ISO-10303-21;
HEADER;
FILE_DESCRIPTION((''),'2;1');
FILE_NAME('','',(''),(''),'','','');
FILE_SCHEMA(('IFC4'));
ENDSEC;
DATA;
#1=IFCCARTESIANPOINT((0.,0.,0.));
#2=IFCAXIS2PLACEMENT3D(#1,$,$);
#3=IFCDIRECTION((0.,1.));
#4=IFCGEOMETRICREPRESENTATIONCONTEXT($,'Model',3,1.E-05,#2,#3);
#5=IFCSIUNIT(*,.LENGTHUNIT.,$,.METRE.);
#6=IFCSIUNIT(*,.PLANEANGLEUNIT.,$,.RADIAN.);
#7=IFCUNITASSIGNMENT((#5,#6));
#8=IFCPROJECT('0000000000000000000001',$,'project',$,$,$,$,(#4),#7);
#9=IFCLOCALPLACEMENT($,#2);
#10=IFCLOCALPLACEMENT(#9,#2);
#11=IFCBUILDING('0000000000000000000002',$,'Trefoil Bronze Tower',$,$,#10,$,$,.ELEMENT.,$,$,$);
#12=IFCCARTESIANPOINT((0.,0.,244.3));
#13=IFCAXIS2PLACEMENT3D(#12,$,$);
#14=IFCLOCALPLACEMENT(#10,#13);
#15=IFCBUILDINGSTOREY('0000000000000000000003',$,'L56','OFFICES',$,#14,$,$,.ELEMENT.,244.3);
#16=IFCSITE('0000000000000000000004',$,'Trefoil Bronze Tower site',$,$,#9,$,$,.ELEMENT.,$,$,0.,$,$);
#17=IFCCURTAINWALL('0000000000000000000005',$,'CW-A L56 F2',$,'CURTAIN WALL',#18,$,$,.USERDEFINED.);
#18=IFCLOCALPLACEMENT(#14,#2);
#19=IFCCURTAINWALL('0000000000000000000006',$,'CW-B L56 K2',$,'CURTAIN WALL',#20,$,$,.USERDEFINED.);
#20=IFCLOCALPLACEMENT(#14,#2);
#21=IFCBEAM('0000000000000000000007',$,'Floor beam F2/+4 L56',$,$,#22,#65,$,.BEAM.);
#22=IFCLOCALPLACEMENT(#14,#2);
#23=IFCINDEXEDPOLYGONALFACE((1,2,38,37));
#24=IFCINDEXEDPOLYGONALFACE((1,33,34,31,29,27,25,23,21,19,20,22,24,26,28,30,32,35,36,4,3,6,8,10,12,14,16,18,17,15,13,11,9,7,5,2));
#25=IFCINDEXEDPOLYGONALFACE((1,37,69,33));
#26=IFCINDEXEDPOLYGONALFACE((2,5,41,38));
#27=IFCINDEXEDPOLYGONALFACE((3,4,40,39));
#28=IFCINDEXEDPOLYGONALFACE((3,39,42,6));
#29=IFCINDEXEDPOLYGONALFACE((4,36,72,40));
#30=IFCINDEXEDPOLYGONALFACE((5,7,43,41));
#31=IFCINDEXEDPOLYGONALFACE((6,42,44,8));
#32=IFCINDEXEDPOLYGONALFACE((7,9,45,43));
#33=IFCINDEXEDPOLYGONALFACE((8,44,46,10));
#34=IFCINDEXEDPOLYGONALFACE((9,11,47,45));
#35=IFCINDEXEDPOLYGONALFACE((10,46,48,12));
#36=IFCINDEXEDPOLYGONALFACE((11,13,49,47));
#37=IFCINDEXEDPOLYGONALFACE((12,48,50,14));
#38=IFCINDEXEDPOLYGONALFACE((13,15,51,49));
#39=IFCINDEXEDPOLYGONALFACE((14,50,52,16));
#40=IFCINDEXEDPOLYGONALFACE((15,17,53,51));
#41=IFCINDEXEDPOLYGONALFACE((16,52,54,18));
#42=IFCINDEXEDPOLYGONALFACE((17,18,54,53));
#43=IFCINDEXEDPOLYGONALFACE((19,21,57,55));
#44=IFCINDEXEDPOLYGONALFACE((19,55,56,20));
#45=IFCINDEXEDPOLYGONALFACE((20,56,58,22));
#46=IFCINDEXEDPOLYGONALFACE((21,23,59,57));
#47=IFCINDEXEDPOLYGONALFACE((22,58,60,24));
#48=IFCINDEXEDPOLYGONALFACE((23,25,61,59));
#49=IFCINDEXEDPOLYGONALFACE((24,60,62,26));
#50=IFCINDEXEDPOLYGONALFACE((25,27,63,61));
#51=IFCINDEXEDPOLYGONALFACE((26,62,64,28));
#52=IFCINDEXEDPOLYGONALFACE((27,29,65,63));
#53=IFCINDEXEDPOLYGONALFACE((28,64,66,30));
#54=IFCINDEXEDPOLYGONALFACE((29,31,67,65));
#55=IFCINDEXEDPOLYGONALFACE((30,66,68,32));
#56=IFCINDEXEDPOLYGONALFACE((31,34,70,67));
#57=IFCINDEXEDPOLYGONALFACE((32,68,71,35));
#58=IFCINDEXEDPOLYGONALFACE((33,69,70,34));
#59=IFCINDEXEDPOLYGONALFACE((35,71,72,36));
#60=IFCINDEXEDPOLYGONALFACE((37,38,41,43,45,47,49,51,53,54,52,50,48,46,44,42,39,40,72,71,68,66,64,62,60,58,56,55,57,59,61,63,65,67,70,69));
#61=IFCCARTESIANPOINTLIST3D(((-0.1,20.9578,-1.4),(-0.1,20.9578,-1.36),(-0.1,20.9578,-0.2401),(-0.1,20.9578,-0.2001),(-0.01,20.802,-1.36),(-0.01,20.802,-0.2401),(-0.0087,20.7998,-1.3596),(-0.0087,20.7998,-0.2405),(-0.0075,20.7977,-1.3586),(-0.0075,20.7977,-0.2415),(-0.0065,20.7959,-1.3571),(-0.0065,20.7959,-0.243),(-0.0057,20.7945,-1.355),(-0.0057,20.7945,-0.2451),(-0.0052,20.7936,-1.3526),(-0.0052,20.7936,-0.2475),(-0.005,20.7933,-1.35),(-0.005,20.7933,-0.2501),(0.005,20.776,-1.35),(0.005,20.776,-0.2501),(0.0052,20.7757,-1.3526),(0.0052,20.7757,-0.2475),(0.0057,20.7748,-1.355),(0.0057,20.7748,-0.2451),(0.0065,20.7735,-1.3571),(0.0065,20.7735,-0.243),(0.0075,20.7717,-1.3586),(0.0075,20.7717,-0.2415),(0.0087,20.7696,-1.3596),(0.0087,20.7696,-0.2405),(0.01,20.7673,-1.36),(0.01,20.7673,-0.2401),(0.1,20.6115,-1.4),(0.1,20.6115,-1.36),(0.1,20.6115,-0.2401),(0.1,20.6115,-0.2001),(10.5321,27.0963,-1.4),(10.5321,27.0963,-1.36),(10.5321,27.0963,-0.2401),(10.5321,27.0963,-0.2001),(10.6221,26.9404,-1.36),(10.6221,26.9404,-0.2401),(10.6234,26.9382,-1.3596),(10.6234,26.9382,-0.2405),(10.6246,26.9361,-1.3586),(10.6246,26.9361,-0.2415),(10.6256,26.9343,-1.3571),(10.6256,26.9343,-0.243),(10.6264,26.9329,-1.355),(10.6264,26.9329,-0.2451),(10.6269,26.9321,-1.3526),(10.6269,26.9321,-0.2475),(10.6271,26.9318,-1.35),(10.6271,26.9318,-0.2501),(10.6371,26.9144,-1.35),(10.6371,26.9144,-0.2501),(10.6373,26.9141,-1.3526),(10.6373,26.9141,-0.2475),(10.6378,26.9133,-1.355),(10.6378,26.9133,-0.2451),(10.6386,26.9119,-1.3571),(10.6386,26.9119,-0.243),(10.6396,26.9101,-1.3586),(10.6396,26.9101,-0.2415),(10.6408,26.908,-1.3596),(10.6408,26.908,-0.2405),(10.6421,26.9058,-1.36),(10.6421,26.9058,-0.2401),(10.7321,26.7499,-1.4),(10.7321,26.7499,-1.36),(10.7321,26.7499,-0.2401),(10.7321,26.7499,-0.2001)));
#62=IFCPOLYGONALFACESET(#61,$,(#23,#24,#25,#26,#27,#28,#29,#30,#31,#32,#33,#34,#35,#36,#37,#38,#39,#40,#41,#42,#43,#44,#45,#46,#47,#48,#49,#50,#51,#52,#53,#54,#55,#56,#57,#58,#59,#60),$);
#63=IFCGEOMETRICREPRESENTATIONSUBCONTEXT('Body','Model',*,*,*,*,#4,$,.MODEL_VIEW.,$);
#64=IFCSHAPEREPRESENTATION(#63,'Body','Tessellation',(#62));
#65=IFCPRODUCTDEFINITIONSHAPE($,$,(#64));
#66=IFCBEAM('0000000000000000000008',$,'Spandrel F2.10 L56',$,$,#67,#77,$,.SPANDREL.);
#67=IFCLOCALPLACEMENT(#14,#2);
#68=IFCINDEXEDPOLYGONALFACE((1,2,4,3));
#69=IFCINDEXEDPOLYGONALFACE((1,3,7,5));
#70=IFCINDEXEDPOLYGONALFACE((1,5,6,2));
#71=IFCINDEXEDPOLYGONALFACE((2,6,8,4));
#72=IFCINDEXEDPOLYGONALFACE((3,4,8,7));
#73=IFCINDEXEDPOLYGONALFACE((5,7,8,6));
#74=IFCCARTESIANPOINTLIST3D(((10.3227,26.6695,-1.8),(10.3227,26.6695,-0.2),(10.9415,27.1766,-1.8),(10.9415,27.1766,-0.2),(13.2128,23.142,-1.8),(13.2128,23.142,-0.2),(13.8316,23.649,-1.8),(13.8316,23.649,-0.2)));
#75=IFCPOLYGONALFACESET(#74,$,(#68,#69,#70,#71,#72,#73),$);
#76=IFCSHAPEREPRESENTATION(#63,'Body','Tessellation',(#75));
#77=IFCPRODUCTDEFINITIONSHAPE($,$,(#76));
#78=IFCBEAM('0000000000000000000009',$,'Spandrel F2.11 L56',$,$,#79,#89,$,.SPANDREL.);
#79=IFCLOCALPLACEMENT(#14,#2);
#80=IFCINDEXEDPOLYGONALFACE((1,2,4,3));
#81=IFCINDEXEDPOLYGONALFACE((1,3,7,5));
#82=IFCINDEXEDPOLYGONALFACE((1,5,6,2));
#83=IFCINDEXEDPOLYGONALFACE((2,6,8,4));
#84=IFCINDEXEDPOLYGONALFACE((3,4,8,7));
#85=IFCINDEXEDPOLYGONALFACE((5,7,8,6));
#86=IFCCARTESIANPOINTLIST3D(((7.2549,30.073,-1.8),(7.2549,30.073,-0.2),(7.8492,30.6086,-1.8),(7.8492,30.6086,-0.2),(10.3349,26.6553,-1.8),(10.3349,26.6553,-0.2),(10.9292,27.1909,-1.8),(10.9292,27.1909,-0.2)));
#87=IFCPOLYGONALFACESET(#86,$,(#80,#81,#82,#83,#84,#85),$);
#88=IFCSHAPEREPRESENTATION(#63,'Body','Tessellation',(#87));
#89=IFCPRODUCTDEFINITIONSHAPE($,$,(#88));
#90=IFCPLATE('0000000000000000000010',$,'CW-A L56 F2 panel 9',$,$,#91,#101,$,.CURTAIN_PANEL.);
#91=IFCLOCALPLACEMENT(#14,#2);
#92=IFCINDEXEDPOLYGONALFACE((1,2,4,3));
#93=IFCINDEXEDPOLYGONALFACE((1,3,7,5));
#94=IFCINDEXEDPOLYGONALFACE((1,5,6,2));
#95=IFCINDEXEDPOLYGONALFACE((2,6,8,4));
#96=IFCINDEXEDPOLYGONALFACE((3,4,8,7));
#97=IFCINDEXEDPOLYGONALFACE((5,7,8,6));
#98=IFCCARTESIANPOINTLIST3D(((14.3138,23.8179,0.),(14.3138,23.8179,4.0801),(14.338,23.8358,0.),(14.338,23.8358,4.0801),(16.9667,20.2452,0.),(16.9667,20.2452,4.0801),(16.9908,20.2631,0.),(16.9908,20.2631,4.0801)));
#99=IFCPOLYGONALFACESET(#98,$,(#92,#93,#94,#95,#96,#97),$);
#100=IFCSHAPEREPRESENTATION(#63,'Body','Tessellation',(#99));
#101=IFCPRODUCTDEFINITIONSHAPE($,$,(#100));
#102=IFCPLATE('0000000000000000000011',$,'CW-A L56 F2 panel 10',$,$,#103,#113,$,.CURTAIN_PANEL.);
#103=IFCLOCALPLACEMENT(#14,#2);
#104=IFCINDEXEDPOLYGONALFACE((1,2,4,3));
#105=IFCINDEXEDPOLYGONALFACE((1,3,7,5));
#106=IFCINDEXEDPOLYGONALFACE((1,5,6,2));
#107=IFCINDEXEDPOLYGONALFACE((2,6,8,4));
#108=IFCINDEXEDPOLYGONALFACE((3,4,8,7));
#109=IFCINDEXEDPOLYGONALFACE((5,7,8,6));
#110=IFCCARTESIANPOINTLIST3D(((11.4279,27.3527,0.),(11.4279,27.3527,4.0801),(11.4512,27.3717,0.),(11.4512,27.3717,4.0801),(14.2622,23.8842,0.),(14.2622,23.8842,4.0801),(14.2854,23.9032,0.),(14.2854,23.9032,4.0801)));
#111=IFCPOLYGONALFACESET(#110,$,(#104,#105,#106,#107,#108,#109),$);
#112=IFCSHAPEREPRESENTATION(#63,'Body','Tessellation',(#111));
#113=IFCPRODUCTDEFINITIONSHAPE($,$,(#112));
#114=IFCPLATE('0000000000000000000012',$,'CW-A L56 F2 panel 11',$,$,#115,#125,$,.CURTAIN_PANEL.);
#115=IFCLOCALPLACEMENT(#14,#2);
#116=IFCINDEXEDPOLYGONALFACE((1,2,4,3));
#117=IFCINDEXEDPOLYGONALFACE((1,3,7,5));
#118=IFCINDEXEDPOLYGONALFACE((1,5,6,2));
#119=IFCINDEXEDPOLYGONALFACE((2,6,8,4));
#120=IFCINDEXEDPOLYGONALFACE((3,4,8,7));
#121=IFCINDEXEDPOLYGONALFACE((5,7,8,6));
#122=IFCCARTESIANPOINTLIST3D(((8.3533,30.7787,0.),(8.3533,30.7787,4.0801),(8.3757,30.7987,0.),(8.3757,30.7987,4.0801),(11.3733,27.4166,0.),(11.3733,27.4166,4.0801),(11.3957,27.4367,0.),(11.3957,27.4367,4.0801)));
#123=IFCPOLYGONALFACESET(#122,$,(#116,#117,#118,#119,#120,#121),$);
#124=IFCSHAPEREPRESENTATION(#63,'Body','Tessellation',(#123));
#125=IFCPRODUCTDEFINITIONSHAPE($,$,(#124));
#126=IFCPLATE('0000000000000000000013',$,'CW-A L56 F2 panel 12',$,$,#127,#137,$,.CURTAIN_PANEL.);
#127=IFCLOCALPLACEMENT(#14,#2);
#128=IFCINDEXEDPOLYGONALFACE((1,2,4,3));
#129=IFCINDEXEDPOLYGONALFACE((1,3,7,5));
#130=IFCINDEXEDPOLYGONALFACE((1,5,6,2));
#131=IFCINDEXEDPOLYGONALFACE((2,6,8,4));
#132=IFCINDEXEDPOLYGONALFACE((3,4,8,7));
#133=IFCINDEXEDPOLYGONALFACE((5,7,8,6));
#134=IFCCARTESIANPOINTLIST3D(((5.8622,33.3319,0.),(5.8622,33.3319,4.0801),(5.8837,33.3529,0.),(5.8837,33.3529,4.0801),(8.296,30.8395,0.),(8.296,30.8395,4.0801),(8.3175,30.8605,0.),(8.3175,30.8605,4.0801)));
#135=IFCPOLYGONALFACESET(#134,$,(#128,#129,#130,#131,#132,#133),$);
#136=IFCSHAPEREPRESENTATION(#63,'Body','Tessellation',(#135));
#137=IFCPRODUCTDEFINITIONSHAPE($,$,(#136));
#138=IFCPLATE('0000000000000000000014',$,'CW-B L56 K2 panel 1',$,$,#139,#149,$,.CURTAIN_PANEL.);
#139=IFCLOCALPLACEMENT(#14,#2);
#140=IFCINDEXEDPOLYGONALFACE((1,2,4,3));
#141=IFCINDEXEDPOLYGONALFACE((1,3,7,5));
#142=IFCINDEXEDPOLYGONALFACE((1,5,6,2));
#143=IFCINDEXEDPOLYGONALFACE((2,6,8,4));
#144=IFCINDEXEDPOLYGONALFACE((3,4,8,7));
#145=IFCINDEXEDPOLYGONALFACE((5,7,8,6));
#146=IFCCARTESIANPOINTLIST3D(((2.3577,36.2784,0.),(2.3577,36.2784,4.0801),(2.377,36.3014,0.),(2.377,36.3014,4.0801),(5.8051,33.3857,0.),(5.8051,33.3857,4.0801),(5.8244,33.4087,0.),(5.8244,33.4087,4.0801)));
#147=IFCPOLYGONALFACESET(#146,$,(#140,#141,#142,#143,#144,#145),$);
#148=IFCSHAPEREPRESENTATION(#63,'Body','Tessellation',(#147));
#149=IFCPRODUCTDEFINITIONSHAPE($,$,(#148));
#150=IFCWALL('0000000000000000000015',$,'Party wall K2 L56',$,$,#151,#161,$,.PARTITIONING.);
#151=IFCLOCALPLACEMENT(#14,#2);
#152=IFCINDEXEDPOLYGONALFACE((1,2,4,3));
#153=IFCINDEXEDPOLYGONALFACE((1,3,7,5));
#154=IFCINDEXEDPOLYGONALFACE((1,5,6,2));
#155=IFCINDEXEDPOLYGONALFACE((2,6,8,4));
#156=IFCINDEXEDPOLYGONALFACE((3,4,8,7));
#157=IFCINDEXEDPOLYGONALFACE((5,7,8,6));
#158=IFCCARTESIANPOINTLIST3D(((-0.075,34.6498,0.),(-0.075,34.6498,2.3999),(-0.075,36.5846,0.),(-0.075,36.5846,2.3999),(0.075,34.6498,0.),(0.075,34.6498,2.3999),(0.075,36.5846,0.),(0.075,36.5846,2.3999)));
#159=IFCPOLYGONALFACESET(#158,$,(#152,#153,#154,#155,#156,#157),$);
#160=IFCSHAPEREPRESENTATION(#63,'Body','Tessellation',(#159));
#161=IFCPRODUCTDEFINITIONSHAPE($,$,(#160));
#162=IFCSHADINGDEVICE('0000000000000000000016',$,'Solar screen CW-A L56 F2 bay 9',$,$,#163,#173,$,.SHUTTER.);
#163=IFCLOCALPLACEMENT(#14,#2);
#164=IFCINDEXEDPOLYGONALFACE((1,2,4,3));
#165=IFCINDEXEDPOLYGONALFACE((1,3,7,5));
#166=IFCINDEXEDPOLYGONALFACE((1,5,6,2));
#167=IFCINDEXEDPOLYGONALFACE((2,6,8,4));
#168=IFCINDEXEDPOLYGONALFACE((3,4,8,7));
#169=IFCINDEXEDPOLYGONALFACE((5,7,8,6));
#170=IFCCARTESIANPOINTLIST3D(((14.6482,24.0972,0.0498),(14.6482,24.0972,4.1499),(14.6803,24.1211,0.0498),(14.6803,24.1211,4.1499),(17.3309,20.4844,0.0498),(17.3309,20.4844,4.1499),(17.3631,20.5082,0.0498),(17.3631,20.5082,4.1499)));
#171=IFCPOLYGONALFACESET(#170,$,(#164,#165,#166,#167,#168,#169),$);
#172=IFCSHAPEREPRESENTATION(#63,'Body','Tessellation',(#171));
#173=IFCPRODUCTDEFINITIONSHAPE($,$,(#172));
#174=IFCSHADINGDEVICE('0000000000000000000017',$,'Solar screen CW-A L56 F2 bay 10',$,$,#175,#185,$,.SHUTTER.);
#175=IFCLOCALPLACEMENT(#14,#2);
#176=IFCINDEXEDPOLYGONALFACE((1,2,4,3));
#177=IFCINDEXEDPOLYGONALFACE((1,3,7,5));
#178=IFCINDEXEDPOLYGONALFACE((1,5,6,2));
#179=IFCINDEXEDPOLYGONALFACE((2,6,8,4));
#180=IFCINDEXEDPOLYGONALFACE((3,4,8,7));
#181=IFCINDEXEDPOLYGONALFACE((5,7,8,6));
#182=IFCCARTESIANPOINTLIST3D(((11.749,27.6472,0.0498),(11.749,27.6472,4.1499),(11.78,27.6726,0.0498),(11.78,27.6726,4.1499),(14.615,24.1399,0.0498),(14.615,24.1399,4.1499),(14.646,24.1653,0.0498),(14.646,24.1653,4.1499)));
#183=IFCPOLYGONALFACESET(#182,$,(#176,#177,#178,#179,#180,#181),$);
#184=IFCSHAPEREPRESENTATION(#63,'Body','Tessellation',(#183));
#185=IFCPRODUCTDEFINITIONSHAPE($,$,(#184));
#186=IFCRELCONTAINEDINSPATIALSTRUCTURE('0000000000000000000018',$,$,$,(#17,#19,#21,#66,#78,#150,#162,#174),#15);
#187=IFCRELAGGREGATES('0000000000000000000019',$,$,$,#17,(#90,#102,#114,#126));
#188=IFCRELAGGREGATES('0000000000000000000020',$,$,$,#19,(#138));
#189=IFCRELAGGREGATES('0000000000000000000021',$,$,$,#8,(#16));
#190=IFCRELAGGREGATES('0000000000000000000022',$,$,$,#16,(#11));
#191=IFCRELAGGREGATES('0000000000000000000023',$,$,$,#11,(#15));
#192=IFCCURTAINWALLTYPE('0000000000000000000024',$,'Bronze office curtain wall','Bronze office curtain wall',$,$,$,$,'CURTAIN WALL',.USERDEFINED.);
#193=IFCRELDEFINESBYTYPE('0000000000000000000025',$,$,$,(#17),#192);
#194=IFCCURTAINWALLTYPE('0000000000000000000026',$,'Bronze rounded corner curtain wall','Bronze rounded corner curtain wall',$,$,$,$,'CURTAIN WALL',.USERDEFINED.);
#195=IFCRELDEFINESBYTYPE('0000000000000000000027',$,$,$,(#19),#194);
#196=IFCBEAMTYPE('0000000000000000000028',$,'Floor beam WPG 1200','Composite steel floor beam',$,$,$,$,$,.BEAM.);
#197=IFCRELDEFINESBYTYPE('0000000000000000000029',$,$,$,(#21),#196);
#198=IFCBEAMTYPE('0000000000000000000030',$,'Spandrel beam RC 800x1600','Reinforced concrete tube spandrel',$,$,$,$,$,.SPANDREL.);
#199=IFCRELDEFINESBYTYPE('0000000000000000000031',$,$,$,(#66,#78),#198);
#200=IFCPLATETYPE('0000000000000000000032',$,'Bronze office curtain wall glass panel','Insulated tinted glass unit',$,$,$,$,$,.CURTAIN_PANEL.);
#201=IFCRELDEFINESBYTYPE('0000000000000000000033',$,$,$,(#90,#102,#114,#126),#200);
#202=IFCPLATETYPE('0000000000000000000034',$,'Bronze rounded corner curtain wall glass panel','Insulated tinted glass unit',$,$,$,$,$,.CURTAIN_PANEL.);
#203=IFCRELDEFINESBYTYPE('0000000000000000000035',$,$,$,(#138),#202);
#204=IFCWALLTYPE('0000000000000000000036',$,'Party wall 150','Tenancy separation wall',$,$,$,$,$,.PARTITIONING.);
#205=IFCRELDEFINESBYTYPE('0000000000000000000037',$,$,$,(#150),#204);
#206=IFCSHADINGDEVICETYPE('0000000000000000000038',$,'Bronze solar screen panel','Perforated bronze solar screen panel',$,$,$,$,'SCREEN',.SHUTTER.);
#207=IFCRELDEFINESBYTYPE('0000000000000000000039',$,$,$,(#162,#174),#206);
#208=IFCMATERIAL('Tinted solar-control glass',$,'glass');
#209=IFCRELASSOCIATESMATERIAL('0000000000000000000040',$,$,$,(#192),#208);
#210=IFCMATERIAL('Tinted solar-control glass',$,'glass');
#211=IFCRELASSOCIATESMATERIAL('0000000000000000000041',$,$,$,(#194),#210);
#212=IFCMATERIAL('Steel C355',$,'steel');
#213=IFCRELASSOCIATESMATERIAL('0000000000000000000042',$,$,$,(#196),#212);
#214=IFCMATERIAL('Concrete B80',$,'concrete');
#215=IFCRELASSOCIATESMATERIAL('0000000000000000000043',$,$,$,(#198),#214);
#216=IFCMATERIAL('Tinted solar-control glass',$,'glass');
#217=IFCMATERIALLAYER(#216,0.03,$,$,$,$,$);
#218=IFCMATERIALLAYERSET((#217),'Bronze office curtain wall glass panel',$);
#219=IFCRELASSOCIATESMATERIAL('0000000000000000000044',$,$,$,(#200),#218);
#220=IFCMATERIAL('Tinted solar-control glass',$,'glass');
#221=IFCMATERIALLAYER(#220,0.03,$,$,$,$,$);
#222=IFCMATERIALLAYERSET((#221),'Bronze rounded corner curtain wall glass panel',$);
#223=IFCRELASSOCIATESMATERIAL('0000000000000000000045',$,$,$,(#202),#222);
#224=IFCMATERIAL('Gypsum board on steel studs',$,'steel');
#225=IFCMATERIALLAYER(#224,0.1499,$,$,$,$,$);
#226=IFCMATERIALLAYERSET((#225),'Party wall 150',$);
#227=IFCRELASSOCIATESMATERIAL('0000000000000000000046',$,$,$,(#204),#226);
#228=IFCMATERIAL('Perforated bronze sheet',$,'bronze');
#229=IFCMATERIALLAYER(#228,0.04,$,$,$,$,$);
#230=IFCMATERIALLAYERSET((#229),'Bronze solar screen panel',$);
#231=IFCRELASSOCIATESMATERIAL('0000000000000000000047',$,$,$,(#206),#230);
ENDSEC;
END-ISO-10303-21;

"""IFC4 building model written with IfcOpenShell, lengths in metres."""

from ifc_helpers import new_model, si_unit, direction, frame, frame_2d, origin, origin_2d, place, context, subcontext, project, spatial, rectangle, i_section, extrude, material, layer, layer_set, material_profile, profile_set, type_object, element, aggregate, save


model = new_model("IFC4")

# Units and contexts
model_context = context("Model", 3, precision=1e-05, world=origin(), true_north=direction((0.0, 1.0)))
body_context = subcontext(model_context, "Body", "Model", "MODEL_VIEW")
ifc_project = project(units=[si_unit("LENGTHUNIT", "METRE"), si_unit("PLANEANGLEUNIT", "RADIAN")], contexts=[model_context])

# Site, building, storey
site_placement = place(None, origin())
site = spatial("IfcSite", under=ifc_project, at=site_placement, Name="Trefoil Bronze Tower site", CompositionType="ELEMENT", RefElevation=0.0)
building_placement = place(site_placement, origin())
building = spatial("IfcBuilding", under=site, at=building_placement, Name="Trefoil Bronze Tower", CompositionType="ELEMENT")
storey_placement = place(building_placement, frame((0.0, 0.0, 244.3)))
storey = spatial("IfcBuildingStorey", under=building, at=storey_placement, Name="L56", Description="OFFICES", CompositionType="ELEMENT", Elevation=244.3)

# Curtain walls
ifc_material_1 = material(Name="Tinted solar-control glass", Category="glass")
curtain_wall_type_1 = type_object("IfcCurtainWallType", Name="Bronze office curtain wall", Description="Bronze office curtain wall", ElementType="CURTAIN WALL", PredefinedType="USERDEFINED", material=ifc_material_1)
curtain_wall_1_placement = place(storey_placement, origin())
curtain_wall_1 = element("IfcCurtainWall", 1, at=curtain_wall_1_placement, inside=storey, type_object=curtain_wall_type_1, Name="CW-A L56 F2", ObjectType="CURTAIN WALL", PredefinedType="USERDEFINED")
ifc_material_2 = material(Name="Tinted solar-control glass", Category="glass")
curtain_wall_type_2 = type_object("IfcCurtainWallType", Name="Bronze rounded corner curtain wall", Description="Bronze rounded corner curtain wall", ElementType="CURTAIN WALL", PredefinedType="USERDEFINED", material=ifc_material_2)
curtain_wall_2_placement = place(storey_placement, origin())
curtain_wall_2 = element("IfcCurtainWall", 2, at=curtain_wall_2_placement, inside=storey, type_object=curtain_wall_type_2, Name="CW-B L56 K2", ObjectType="CURTAIN WALL", PredefinedType="USERDEFINED")

# Beams
ifc_material_3 = material(Name="Steel C355", Category="steel")
ifc_material_profile_1 = material_profile(ifc_material_3, i_section(OverallWidth=0.3999, OverallDepth=1.2, WebThickness=0.02, FlangeThickness=0.04, FilletRadius=0.01, at=origin_2d()), Name="WPG 1200")
ifc_profile_set_1 = profile_set([ifc_material_profile_1], Name="Steel C355")
beam_type_1 = type_object("IfcBeamType", Name="Floor beam WPG 1200", Description="Composite steel floor beam", PredefinedType="BEAM", material=ifc_profile_set_1)
beam_1_placement = place(storey_placement, frame((10.6321, 26.9231, -0.8), z_axis=(-0.866026, -0.5, 0.0), x_axis=(0.5, -0.866026, 0.0)))
element("IfcBeam", 3, at=beam_1_placement, inside=storey, type_object=beam_type_1, Name="Floor beam F2/+4 L56", PredefinedType="BEAM", context=body_context, shape_type="SweptSolid", body=[
    extrude(i_section(OverallWidth=0.3999, OverallDepth=1.2, WebThickness=0.02, FlangeThickness=0.04, FilletRadius=0.01, at=origin_2d()), origin(), (0.0, 0.0, 1.0), 12.2769),
])
ifc_material_4 = material(Name="Concrete B80", Category="concrete")
ifc_material_profile_2 = material_profile(ifc_material_4, rectangle(XDim=0.8, YDim=1.6001, at=origin_2d()), Name="RC 800x1600")
ifc_profile_set_2 = profile_set([ifc_material_profile_2], Name="Concrete B80")
beam_type_2 = type_object("IfcBeamType", Name="Spandrel beam RC 800x1600", Description="Reinforced concrete tube spandrel", PredefinedType="SPANDREL", material=ifc_profile_set_2)
beam_2_placement = place(storey_placement, frame((13.5222, 23.3955, -1.0), z_axis=(-0.633754, 0.773535, 0.0), x_axis=(-0.773535, -0.633754, 0.0)))
element("IfcBeam", 4, at=beam_2_placement, inside=storey, type_object=beam_type_2, Name="Spandrel F2.10 L56", PredefinedType="SPANDREL", context=body_context, shape_type="SweptSolid", body=[
    extrude(rectangle(XDim=0.8, YDim=1.6001, at=origin_2d()), origin(), (0.0, 0.0, 1.0), 4.5603),
])
beam_3_placement = place(storey_placement, frame((10.6321, 26.9231, -1.0), z_axis=(-0.66946, 0.742848, 0.0), x_axis=(-0.742848, -0.66946, 0.0)))
element("IfcBeam", 5, at=beam_3_placement, inside=storey, type_object=beam_type_2, Name="Spandrel F2.11 L56", PredefinedType="SPANDREL", context=body_context, shape_type="SweptSolid", body=[
    extrude(rectangle(XDim=0.8, YDim=1.6001, at=origin_2d()), origin(), (0.0, 0.0, 1.0), 4.6008),
])

# Plates
ifc_material_5 = material(Name="Tinted solar-control glass", Category="glass")
ifc_layer_1 = layer(ifc_material_5, 0.03)
ifc_layer_set_1 = layer_set([ifc_layer_1], Name="Bronze office curtain wall glass panel")
plate_type_1 = type_object("IfcPlateType", Name="Bronze office curtain wall glass panel", Description="Insulated tinted glass unit", PredefinedType="CURTAIN_PANEL", material=ifc_layer_set_1)
plate_1_placement = place(storey_placement, frame((15.6523, 22.0405, 0.0), z_axis=(0.0, 0.0, 1.0), x_axis=(-0.596162, 0.802865, 0.0)))
plate_1 = element("IfcPlate", 6, at=plate_1_placement, type_object=plate_type_1, Name="CW-A L56 F2 panel 9", PredefinedType="CURTAIN_PANEL", context=body_context, shape_type="SweptSolid", body=[
    extrude(rectangle(XDim=4.45, YDim=0.03, at=origin_2d()), origin(), (0.0, 0.0, 1.0), 4.0801),
])
plate_2_placement = place(storey_placement, frame((12.8567, 25.6279, 0.0), z_axis=(0.0, 0.0, 1.0), x_axis=(-0.632753, 0.774354, 0.0)))
plate_2 = element("IfcPlate", 7, at=plate_2_placement, type_object=plate_type_1, Name="CW-A L56 F2 panel 10", PredefinedType="CURTAIN_PANEL", context=body_context, shape_type="SweptSolid", body=[
    extrude(rectangle(XDim=4.4792, YDim=0.03, at=origin_2d()), origin(), (0.0, 0.0, 1.0), 4.0801),
])
plate_3_placement = place(storey_placement, frame((9.8745, 29.1077, 0.0), z_axis=(0.0, 0.0, 1.0), x_axis=(-0.668246, 0.743941, 0.0)))
plate_3 = element("IfcPlate", 8, at=plate_3_placement, type_object=plate_type_1, Name="CW-A L56 F2 panel 11", PredefinedType="CURTAIN_PANEL", context=body_context, shape_type="SweptSolid", body=[
    extrude(rectangle(XDim=4.5193, YDim=0.03, at=origin_2d()), origin(), (0.0, 0.0, 1.0), 4.0801),
])
plate_4_placement = place(storey_placement, frame((7.0898, 32.0962, 0.0), z_axis=(0.0, 0.0, 1.0), x_axis=(-0.698652, 0.715462, 0.0)))
plate_4 = element("IfcPlate", 9, at=plate_4_placement, type_object=plate_type_1, Name="CW-A L56 F2 panel 12", PredefinedType="CURTAIN_PANEL", context=body_context, shape_type="SweptSolid", body=[
    extrude(rectangle(XDim=3.4836, YDim=0.03, at=origin_2d()), origin(), (0.0, 0.0, 1.0), 4.0801),
])
aggregate(curtain_wall_1, [plate_1, plate_2, plate_3, plate_4])
ifc_material_6 = material(Name="Tinted solar-control glass", Category="glass")
ifc_layer_2 = layer(ifc_material_6, 0.03)
ifc_layer_set_2 = layer_set([ifc_layer_2], Name="Bronze rounded corner curtain wall glass panel")
plate_type_2 = type_object("IfcPlateType", Name="Bronze rounded corner curtain wall glass panel", Description="Insulated tinted glass unit", PredefinedType="CURTAIN_PANEL", material=ifc_layer_set_2)
plate_5_placement = place(storey_placement, frame((4.0911, 34.8435, 0.0), z_axis=(0.0, 0.0, 1.0), x_axis=(-0.766044, 0.642788, 0.0)))
plate_5 = element("IfcPlate", 10, at=plate_5_placement, type_object=plate_type_2, Name="CW-B L56 K2 panel 1", PredefinedType="CURTAIN_PANEL", context=body_context, shape_type="SweptSolid", body=[
    extrude(rectangle(XDim=4.5002, YDim=0.03, at=origin_2d()), origin(), (0.0, 0.0, 1.0), 4.0801),
])
aggregate(curtain_wall_2, [plate_5])

# Wall
ifc_material_7 = material(Name="Gypsum board on steel studs", Category="steel")
ifc_layer_3 = layer(ifc_material_7, 0.1499)
ifc_layer_set_3 = layer_set([ifc_layer_3], Name="Party wall 150")
wall_type = type_object("IfcWallType", Name="Party wall 150", Description="Tenancy separation wall", PredefinedType="PARTITIONING", material=ifc_layer_set_3)
wall_placement = place(storey_placement, frame((0.0, 34.6499, 0.0), z_axis=(0.0, 0.0, 1.0), x_axis=(0.0, 1.0, 0.0)))
element("IfcWall", 11, at=wall_placement, inside=storey, type_object=wall_type, Name="Party wall K2 L56", PredefinedType="PARTITIONING", context=body_context, shape_type="SweptSolid", body=[
    extrude(rectangle(XDim=1.9348, YDim=0.1499, at=frame_2d((0.9673, 0.0))), origin(), (0.0, 0.0, 1.0), 2.3999),
])

# Shading devices
ifc_material_8 = material(Name="Perforated bronze sheet", Category="bronze")
ifc_layer_4 = layer(ifc_material_8, 0.04)
ifc_layer_set_4 = layer_set([ifc_layer_4], Name="Bronze solar screen panel")
shading_device_type = type_object("IfcShadingDeviceType", Name="Bronze solar screen panel", Description="Perforated bronze solar screen panel", ElementType="SCREEN", PredefinedType="SHUTTER", material=ifc_layer_set_4)
shading_device_1_placement = place(storey_placement, frame((16.0056, 22.3027, 0.0498), z_axis=(0.0, 0.0, 1.0), x_axis=(-0.596162, 0.802865, 0.0)))
element("IfcShadingDevice", 12, at=shading_device_1_placement, inside=storey, type_object=shading_device_type, Name="Solar screen CW-A L56 F2 bay 9", PredefinedType="SHUTTER", context=body_context, shape_type="SweptSolid", body=[
    extrude(rectangle(XDim=4.5, YDim=0.04, at=origin_2d()), origin(), (0.0, 0.0, 1.0), 4.1001),
])
shading_device_2_placement = place(storey_placement, frame((13.1975, 25.9062, 0.0498), z_axis=(0.0, 0.0, 1.0), x_axis=(-0.632753, 0.774354, 0.0)))
element("IfcShadingDevice", 13, at=shading_device_2_placement, inside=storey, type_object=shading_device_type, Name="Solar screen CW-A L56 F2 bay 10", PredefinedType="SHUTTER", context=body_context, shape_type="SweptSolid", body=[
    extrude(rectangle(XDim=4.5293, YDim=0.04, at=origin_2d()), origin(), (0.0, 0.0, 1.0), 4.1001),
])

save(model, "model.ifc")
